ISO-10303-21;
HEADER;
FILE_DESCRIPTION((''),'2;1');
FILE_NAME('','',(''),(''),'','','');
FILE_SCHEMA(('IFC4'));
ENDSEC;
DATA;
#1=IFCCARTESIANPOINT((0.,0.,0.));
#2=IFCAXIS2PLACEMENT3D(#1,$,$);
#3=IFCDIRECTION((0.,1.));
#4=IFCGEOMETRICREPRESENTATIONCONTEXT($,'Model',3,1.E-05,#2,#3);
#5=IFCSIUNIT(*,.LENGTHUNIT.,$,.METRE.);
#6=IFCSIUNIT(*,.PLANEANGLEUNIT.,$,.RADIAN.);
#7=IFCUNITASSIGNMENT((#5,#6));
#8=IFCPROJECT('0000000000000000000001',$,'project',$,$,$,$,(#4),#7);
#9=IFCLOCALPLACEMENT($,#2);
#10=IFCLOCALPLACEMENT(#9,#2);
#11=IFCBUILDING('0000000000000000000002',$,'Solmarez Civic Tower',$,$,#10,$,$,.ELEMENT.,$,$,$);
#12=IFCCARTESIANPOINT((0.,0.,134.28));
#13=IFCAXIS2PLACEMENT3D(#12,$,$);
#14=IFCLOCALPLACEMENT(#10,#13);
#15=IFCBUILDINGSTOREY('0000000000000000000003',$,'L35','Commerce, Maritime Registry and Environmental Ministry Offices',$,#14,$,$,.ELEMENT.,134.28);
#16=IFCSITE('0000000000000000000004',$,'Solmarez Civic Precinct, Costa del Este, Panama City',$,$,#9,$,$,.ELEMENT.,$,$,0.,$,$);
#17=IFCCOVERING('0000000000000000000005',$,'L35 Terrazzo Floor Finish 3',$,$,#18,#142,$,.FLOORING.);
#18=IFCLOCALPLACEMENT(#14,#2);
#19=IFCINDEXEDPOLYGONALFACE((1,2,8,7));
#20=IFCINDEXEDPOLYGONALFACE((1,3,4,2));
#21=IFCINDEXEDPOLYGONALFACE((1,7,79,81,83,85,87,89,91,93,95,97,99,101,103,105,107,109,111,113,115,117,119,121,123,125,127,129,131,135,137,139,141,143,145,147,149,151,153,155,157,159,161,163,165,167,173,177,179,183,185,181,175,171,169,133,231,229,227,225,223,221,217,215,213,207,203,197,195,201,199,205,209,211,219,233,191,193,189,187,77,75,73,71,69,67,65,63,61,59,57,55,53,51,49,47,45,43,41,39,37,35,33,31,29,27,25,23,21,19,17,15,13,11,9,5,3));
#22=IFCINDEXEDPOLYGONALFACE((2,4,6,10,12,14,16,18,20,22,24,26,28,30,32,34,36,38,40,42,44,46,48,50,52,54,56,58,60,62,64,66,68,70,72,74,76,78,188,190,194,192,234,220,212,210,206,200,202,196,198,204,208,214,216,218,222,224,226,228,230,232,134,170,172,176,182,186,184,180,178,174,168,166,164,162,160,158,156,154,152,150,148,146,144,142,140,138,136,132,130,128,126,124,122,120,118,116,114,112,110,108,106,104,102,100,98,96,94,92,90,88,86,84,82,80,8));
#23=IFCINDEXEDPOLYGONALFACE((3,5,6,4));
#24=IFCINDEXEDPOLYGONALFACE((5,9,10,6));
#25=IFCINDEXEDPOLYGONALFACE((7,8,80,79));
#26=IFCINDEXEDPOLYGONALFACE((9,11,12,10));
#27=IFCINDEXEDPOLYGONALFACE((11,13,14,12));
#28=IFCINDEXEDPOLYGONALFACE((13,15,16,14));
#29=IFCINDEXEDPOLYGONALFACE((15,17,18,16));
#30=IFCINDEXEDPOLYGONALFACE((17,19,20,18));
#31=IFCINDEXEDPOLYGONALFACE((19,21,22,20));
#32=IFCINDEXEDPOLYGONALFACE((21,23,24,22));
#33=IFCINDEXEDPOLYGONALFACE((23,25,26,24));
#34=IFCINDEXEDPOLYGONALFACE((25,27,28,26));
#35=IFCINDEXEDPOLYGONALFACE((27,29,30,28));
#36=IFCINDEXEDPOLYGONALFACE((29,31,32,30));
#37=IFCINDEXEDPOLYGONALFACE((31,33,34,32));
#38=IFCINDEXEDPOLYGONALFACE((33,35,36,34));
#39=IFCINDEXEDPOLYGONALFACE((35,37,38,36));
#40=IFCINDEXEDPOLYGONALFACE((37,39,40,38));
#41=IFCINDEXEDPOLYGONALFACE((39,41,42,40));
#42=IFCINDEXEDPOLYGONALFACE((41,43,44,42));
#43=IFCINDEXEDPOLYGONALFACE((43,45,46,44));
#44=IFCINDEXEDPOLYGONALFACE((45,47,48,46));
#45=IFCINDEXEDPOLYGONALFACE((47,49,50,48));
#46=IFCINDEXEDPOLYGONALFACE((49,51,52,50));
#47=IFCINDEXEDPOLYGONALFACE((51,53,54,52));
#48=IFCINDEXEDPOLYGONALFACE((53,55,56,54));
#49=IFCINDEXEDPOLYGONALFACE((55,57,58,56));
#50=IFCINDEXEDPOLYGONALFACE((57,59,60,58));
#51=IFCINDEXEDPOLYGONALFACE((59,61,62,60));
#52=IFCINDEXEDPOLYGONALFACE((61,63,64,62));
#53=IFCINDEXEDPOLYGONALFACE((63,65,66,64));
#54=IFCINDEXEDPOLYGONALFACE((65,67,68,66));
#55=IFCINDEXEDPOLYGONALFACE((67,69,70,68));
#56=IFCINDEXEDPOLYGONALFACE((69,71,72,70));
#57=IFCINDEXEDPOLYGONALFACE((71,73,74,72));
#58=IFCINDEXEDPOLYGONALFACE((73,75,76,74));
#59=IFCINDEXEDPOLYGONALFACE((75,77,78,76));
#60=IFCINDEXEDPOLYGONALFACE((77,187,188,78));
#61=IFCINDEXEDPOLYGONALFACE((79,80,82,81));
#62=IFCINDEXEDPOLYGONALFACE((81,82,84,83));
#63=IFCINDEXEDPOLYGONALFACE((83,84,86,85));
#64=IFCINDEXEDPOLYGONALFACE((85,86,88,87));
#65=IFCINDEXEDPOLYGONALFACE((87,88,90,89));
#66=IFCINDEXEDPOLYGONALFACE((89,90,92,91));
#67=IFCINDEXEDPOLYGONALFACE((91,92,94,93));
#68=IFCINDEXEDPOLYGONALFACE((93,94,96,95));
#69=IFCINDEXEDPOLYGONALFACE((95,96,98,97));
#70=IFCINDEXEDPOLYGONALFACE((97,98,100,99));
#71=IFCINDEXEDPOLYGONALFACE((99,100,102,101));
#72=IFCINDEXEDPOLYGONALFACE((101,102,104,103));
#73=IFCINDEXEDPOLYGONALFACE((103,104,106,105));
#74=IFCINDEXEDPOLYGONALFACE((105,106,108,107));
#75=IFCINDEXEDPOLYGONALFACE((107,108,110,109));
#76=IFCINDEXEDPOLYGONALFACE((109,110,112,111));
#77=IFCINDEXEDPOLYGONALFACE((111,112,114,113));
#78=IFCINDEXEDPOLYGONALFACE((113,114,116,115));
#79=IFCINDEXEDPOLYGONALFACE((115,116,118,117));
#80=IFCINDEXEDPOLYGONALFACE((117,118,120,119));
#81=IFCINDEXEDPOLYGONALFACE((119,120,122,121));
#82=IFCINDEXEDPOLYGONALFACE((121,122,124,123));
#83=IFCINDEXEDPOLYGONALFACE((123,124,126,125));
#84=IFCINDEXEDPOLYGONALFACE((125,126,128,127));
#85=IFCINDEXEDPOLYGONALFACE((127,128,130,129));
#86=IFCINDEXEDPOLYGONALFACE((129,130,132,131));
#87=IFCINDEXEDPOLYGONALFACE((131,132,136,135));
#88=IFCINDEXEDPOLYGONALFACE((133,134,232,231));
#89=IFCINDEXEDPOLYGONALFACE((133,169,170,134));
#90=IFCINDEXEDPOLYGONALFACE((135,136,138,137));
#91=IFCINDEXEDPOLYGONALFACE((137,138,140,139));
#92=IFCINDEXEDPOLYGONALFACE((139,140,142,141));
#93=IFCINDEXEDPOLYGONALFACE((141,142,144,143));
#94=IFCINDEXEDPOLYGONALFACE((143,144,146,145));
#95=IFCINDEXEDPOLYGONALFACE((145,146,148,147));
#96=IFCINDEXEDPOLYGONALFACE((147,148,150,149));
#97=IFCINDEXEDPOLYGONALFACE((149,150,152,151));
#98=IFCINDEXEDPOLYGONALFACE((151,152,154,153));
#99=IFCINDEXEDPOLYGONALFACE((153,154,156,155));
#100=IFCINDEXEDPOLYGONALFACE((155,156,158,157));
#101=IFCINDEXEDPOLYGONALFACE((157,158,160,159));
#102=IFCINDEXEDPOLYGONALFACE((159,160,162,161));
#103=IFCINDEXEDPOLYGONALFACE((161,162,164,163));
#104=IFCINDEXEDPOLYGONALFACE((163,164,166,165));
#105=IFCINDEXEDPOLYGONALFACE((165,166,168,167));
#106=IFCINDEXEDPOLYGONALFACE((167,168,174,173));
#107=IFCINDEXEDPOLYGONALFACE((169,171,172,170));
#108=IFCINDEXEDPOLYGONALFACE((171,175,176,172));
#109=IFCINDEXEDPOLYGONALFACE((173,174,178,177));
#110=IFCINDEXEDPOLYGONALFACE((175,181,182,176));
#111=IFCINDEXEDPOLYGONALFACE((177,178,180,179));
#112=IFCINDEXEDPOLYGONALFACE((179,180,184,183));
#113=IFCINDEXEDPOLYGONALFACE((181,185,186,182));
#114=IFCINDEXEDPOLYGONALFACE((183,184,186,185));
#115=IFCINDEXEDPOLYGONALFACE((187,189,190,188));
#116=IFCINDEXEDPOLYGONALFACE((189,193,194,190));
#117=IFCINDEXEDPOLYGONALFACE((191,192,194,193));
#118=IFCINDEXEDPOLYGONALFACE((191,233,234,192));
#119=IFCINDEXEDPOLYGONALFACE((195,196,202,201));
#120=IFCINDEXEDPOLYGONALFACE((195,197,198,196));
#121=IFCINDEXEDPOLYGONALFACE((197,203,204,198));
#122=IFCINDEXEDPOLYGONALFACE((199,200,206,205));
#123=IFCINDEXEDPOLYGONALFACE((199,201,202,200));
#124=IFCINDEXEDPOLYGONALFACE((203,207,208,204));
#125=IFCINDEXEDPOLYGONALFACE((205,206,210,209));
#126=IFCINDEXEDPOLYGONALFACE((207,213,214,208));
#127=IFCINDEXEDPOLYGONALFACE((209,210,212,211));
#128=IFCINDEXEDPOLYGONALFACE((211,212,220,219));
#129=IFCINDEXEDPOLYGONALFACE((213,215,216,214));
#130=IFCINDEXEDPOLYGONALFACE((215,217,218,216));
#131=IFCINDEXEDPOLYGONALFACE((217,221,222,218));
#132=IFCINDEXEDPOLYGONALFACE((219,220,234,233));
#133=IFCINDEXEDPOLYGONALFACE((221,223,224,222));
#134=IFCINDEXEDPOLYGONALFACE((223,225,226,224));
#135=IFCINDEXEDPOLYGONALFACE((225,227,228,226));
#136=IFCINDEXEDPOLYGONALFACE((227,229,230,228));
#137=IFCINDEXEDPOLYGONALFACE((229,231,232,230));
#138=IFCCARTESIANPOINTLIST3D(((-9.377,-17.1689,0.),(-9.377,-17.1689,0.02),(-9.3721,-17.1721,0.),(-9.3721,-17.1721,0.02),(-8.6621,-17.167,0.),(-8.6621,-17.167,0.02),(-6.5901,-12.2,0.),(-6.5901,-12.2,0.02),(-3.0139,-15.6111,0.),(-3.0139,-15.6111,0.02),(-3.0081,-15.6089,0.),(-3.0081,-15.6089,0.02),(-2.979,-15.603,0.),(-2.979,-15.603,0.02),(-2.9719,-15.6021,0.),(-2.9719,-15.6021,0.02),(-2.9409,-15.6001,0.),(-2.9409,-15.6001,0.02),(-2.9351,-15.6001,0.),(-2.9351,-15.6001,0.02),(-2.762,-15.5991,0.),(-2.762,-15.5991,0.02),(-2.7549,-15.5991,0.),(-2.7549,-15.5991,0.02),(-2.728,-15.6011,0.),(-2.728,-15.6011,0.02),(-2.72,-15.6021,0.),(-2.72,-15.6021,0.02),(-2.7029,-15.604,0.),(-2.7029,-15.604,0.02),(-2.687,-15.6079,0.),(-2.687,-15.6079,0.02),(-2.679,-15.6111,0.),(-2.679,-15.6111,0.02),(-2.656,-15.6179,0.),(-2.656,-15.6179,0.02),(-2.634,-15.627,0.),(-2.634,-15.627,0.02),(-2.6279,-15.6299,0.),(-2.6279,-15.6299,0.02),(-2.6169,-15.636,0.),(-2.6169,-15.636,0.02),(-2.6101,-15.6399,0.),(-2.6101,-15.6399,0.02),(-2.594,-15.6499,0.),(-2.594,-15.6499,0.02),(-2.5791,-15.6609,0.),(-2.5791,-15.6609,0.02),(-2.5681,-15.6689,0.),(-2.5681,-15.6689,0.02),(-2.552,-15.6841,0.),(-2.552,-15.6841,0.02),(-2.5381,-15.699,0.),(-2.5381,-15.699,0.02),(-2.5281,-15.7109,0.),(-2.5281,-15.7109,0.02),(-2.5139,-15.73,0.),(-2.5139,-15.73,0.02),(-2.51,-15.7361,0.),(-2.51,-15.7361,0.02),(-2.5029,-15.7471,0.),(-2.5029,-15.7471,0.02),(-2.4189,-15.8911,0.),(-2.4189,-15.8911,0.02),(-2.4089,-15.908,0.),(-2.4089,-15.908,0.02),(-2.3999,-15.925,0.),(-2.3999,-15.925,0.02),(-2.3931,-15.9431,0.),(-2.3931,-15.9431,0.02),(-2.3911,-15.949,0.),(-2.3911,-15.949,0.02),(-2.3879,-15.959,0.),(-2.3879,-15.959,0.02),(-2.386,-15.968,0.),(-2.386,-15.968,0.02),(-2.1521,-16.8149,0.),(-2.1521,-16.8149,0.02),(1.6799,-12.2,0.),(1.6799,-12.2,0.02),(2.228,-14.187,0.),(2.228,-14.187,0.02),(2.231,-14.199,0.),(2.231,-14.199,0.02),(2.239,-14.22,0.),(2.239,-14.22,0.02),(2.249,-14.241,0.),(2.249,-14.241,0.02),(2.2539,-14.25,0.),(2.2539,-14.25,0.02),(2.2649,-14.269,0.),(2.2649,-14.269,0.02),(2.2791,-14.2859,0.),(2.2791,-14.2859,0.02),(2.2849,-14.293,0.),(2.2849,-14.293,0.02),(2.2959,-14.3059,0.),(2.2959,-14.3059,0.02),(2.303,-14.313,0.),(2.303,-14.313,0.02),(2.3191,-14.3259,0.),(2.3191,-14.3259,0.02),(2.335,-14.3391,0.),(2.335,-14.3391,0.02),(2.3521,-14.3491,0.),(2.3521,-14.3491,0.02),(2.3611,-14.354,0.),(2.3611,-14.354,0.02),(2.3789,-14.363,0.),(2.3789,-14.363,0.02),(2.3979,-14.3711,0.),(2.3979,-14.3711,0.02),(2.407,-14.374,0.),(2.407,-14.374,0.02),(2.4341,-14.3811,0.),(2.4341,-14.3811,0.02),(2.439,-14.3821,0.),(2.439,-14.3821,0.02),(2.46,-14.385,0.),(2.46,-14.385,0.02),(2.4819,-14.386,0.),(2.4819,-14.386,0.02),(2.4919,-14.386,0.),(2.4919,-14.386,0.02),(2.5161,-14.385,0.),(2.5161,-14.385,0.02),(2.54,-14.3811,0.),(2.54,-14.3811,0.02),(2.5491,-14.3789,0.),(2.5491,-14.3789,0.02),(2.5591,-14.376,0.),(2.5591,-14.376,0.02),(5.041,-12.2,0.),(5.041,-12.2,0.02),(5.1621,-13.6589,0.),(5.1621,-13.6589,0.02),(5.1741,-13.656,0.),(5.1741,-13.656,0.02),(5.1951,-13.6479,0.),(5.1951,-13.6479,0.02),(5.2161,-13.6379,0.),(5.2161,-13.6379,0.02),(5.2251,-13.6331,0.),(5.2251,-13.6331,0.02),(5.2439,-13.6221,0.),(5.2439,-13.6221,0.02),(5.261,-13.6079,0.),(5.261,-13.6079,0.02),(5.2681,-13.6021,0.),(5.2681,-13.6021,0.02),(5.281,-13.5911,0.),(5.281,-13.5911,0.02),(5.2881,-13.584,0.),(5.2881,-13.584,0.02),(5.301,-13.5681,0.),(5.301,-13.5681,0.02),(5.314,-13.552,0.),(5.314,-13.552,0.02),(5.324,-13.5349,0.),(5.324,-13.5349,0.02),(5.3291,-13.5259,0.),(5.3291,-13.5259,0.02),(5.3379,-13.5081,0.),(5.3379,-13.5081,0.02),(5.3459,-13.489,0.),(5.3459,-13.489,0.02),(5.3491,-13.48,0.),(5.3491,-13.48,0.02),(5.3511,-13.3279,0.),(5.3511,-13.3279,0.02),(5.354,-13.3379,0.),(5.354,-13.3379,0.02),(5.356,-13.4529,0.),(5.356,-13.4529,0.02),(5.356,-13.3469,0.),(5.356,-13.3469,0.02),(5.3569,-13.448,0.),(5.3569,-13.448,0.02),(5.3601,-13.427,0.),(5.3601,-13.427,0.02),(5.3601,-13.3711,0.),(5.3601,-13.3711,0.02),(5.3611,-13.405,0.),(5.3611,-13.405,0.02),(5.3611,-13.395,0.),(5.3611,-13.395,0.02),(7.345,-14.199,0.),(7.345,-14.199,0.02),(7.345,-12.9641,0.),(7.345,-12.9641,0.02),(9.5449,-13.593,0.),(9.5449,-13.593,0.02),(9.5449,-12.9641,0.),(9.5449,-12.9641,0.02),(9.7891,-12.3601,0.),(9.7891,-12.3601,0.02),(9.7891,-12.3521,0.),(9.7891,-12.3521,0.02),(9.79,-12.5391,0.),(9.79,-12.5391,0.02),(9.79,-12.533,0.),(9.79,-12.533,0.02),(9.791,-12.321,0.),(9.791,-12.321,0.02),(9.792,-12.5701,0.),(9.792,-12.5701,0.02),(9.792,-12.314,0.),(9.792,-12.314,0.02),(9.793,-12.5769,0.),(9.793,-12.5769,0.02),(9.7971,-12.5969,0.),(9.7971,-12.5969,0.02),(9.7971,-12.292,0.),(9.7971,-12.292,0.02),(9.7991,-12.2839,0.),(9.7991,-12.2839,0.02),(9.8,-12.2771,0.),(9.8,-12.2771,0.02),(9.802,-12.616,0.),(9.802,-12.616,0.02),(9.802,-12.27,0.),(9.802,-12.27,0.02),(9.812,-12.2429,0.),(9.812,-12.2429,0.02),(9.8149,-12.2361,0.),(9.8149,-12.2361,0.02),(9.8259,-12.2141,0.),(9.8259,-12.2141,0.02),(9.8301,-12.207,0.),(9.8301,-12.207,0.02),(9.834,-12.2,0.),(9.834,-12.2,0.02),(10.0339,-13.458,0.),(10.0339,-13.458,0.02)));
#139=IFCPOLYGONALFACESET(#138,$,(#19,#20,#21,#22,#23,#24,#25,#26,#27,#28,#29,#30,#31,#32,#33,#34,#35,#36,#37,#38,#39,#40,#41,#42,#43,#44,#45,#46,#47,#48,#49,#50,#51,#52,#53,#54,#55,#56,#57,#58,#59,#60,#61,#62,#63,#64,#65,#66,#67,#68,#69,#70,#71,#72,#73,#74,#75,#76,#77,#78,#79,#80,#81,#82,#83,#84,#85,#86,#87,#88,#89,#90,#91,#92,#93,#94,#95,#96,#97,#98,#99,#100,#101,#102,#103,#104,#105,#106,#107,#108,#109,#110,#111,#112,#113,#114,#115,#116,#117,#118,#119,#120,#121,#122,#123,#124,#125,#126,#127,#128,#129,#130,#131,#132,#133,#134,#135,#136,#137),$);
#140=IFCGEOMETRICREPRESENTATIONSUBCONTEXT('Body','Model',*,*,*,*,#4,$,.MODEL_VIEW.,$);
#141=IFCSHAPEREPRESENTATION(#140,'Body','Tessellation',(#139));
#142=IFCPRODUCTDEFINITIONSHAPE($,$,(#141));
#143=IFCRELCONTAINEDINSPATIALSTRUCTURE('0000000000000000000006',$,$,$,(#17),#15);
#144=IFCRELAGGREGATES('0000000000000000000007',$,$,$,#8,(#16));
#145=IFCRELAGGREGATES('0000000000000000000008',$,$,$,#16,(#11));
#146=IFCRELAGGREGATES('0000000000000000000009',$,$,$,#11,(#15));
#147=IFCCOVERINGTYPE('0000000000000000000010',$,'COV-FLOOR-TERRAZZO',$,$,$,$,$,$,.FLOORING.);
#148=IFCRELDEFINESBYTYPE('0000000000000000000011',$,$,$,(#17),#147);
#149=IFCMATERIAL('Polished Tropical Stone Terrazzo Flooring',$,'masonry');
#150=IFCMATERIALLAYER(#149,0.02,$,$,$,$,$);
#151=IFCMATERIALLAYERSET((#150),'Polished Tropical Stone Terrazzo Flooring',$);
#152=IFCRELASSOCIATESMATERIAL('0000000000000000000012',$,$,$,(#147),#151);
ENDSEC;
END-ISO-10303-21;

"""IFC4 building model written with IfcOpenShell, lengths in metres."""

from ifc_helpers import new_model, si_unit, direction, frame, origin, place, context, subcontext, project, spatial, polyline, outline, extrude, material, layer, layer_set, type_object, element, save


model = new_model("IFC4")

# Units and contexts
model_context = context("Model", 3, precision=1e-05, world=origin(), true_north=direction((0.0, 1.0)))
body_context = subcontext(model_context, "Body", "Model", "MODEL_VIEW")
ifc_project = project(units=[si_unit("LENGTHUNIT", "METRE"), si_unit("PLANEANGLEUNIT", "RADIAN")], contexts=[model_context])

# Site, building, storey
site_placement = place(None, origin())
site = spatial("IfcSite", under=ifc_project, at=site_placement, Name="Solmarez Civic Precinct, Costa del Este, Panama City", CompositionType="ELEMENT", RefElevation=0.0)
building_placement = place(site_placement, origin())
building = spatial("IfcBuilding", under=site, at=building_placement, Name="Solmarez Civic Tower", CompositionType="ELEMENT")
storey_placement = place(building_placement, frame((0.0, 0.0, 134.28)))
storey = spatial("IfcBuildingStorey", under=building, at=storey_placement, Name="L35", Description="Commerce, Maritime Registry and Environmental Ministry Offices", CompositionType="ELEMENT", Elevation=134.28)

# Covering
ifc_material_1 = material(Name="Polished Tropical Stone Terrazzo Flooring", Category="masonry")
ifc_layer_1 = layer(ifc_material_1, 0.02)
ifc_layer_set_1 = layer_set([ifc_layer_1], Name="Polished Tropical Stone Terrazzo Flooring")
covering_type_1 = type_object("IfcCoveringType", Name="COV-FLOOR-TERRAZZO", PredefinedType="FLOORING", material=ifc_layer_set_1)
covering_1_placement = place(storey_placement, origin())
element("IfcCovering", 1, at=covering_1_placement, inside=storey, type_object=covering_type_1, Name="L35 Terrazzo Floor Finish 3", PredefinedType="FLOORING", context=body_context, shape_type="SweptSolid", body=[
    extrude(outline(polyline([(-2.5791, -15.6609), (-2.5681, -15.6689), (-2.552, -15.6841), (-2.5381, -15.699), (-2.5281, -15.7109), (-2.5139, -15.73), (-2.51, -15.7361), (-2.5029, -15.7471), (-2.4189, -15.8911), (-2.4089, -15.908), (-2.3999, -15.925), (-2.3931, -15.9431), (-2.3911, -15.949), (-2.3879, -15.959), (-2.386, -15.968), (-2.1521, -16.8149), (7.345, -14.199), (7.345, -12.9641), (9.5449, -12.9641), (9.5449, -13.593), (10.0339, -13.458), (9.802, -12.616), (9.7971, -12.5969), (9.793, -12.5769), (9.792, -12.5701), (9.79, -12.5391), (9.79, -12.533), (9.7891, -12.3601), (9.7891, -12.3521), (9.791, -12.321), (9.792, -12.314), (9.7971, -12.292), (9.7991, -12.2839), (9.8, -12.2771), (9.802, -12.27), (9.812, -12.2429), (9.8149, -12.2361), (9.8259, -12.2141), (9.8301, -12.207), (9.834, -12.2), (5.041, -12.2), (5.3511, -13.3279), (5.354, -13.3379), (5.356, -13.3469), (5.3601, -13.3711), (5.3611, -13.395), (5.3611, -13.405), (5.3601, -13.427), (5.3569, -13.448), (5.356, -13.4529), (5.3491, -13.48), (5.3459, -13.489), (5.3379, -13.5081), (5.3291, -13.5259), (5.324, -13.5349), (5.314, -13.552), (5.301, -13.5681), (5.2881, -13.584), (5.281, -13.5911), (5.2681, -13.6021), (5.261, -13.6079), (5.2439, -13.6221), (5.2251, -13.6331), (5.2161, -13.6379), (5.1951, -13.6479), (5.1741, -13.656), (5.1621, -13.6589), (2.5591, -14.376), (2.5491, -14.3789), (2.54, -14.3811), (2.5161, -14.385), (2.4919, -14.386), (2.4819, -14.386), (2.46, -14.385), (2.439, -14.3821), (2.4341, -14.3811), (2.407, -14.374), (2.3979, -14.3711), (2.3789, -14.363), (2.3611, -14.354), (2.3521, -14.3491), (2.335, -14.3391), (2.3191, -14.3259), (2.303, -14.313), (2.2959, -14.3059), (2.2849, -14.293), (2.2791, -14.2859), (2.2649, -14.269), (2.2539, -14.25), (2.249, -14.241), (2.239, -14.22), (2.231, -14.199), (2.228, -14.187), (1.6799, -12.2), (-6.5901, -12.2), (-9.377, -17.1689), (-9.3721, -17.1721), (-8.6621, -17.167), (-3.0139, -15.6111), (-3.0081, -15.6089), (-2.979, -15.603), (-2.9719, -15.6021), (-2.9409, -15.6001), (-2.9351, -15.6001), (-2.762, -15.5991), (-2.7549, -15.5991), (-2.728, -15.6011), (-2.72, -15.6021), (-2.7029, -15.604), (-2.687, -15.6079), (-2.679, -15.6111), (-2.656, -15.6179), (-2.634, -15.627), (-2.6279, -15.6299), (-2.6169, -15.636), (-2.6101, -15.6399), (-2.594, -15.6499), (-2.5791, -15.6609)])), origin(), (0.0, 0.0, 1.0), 0.02),
])

save(model, "model.ifc")
